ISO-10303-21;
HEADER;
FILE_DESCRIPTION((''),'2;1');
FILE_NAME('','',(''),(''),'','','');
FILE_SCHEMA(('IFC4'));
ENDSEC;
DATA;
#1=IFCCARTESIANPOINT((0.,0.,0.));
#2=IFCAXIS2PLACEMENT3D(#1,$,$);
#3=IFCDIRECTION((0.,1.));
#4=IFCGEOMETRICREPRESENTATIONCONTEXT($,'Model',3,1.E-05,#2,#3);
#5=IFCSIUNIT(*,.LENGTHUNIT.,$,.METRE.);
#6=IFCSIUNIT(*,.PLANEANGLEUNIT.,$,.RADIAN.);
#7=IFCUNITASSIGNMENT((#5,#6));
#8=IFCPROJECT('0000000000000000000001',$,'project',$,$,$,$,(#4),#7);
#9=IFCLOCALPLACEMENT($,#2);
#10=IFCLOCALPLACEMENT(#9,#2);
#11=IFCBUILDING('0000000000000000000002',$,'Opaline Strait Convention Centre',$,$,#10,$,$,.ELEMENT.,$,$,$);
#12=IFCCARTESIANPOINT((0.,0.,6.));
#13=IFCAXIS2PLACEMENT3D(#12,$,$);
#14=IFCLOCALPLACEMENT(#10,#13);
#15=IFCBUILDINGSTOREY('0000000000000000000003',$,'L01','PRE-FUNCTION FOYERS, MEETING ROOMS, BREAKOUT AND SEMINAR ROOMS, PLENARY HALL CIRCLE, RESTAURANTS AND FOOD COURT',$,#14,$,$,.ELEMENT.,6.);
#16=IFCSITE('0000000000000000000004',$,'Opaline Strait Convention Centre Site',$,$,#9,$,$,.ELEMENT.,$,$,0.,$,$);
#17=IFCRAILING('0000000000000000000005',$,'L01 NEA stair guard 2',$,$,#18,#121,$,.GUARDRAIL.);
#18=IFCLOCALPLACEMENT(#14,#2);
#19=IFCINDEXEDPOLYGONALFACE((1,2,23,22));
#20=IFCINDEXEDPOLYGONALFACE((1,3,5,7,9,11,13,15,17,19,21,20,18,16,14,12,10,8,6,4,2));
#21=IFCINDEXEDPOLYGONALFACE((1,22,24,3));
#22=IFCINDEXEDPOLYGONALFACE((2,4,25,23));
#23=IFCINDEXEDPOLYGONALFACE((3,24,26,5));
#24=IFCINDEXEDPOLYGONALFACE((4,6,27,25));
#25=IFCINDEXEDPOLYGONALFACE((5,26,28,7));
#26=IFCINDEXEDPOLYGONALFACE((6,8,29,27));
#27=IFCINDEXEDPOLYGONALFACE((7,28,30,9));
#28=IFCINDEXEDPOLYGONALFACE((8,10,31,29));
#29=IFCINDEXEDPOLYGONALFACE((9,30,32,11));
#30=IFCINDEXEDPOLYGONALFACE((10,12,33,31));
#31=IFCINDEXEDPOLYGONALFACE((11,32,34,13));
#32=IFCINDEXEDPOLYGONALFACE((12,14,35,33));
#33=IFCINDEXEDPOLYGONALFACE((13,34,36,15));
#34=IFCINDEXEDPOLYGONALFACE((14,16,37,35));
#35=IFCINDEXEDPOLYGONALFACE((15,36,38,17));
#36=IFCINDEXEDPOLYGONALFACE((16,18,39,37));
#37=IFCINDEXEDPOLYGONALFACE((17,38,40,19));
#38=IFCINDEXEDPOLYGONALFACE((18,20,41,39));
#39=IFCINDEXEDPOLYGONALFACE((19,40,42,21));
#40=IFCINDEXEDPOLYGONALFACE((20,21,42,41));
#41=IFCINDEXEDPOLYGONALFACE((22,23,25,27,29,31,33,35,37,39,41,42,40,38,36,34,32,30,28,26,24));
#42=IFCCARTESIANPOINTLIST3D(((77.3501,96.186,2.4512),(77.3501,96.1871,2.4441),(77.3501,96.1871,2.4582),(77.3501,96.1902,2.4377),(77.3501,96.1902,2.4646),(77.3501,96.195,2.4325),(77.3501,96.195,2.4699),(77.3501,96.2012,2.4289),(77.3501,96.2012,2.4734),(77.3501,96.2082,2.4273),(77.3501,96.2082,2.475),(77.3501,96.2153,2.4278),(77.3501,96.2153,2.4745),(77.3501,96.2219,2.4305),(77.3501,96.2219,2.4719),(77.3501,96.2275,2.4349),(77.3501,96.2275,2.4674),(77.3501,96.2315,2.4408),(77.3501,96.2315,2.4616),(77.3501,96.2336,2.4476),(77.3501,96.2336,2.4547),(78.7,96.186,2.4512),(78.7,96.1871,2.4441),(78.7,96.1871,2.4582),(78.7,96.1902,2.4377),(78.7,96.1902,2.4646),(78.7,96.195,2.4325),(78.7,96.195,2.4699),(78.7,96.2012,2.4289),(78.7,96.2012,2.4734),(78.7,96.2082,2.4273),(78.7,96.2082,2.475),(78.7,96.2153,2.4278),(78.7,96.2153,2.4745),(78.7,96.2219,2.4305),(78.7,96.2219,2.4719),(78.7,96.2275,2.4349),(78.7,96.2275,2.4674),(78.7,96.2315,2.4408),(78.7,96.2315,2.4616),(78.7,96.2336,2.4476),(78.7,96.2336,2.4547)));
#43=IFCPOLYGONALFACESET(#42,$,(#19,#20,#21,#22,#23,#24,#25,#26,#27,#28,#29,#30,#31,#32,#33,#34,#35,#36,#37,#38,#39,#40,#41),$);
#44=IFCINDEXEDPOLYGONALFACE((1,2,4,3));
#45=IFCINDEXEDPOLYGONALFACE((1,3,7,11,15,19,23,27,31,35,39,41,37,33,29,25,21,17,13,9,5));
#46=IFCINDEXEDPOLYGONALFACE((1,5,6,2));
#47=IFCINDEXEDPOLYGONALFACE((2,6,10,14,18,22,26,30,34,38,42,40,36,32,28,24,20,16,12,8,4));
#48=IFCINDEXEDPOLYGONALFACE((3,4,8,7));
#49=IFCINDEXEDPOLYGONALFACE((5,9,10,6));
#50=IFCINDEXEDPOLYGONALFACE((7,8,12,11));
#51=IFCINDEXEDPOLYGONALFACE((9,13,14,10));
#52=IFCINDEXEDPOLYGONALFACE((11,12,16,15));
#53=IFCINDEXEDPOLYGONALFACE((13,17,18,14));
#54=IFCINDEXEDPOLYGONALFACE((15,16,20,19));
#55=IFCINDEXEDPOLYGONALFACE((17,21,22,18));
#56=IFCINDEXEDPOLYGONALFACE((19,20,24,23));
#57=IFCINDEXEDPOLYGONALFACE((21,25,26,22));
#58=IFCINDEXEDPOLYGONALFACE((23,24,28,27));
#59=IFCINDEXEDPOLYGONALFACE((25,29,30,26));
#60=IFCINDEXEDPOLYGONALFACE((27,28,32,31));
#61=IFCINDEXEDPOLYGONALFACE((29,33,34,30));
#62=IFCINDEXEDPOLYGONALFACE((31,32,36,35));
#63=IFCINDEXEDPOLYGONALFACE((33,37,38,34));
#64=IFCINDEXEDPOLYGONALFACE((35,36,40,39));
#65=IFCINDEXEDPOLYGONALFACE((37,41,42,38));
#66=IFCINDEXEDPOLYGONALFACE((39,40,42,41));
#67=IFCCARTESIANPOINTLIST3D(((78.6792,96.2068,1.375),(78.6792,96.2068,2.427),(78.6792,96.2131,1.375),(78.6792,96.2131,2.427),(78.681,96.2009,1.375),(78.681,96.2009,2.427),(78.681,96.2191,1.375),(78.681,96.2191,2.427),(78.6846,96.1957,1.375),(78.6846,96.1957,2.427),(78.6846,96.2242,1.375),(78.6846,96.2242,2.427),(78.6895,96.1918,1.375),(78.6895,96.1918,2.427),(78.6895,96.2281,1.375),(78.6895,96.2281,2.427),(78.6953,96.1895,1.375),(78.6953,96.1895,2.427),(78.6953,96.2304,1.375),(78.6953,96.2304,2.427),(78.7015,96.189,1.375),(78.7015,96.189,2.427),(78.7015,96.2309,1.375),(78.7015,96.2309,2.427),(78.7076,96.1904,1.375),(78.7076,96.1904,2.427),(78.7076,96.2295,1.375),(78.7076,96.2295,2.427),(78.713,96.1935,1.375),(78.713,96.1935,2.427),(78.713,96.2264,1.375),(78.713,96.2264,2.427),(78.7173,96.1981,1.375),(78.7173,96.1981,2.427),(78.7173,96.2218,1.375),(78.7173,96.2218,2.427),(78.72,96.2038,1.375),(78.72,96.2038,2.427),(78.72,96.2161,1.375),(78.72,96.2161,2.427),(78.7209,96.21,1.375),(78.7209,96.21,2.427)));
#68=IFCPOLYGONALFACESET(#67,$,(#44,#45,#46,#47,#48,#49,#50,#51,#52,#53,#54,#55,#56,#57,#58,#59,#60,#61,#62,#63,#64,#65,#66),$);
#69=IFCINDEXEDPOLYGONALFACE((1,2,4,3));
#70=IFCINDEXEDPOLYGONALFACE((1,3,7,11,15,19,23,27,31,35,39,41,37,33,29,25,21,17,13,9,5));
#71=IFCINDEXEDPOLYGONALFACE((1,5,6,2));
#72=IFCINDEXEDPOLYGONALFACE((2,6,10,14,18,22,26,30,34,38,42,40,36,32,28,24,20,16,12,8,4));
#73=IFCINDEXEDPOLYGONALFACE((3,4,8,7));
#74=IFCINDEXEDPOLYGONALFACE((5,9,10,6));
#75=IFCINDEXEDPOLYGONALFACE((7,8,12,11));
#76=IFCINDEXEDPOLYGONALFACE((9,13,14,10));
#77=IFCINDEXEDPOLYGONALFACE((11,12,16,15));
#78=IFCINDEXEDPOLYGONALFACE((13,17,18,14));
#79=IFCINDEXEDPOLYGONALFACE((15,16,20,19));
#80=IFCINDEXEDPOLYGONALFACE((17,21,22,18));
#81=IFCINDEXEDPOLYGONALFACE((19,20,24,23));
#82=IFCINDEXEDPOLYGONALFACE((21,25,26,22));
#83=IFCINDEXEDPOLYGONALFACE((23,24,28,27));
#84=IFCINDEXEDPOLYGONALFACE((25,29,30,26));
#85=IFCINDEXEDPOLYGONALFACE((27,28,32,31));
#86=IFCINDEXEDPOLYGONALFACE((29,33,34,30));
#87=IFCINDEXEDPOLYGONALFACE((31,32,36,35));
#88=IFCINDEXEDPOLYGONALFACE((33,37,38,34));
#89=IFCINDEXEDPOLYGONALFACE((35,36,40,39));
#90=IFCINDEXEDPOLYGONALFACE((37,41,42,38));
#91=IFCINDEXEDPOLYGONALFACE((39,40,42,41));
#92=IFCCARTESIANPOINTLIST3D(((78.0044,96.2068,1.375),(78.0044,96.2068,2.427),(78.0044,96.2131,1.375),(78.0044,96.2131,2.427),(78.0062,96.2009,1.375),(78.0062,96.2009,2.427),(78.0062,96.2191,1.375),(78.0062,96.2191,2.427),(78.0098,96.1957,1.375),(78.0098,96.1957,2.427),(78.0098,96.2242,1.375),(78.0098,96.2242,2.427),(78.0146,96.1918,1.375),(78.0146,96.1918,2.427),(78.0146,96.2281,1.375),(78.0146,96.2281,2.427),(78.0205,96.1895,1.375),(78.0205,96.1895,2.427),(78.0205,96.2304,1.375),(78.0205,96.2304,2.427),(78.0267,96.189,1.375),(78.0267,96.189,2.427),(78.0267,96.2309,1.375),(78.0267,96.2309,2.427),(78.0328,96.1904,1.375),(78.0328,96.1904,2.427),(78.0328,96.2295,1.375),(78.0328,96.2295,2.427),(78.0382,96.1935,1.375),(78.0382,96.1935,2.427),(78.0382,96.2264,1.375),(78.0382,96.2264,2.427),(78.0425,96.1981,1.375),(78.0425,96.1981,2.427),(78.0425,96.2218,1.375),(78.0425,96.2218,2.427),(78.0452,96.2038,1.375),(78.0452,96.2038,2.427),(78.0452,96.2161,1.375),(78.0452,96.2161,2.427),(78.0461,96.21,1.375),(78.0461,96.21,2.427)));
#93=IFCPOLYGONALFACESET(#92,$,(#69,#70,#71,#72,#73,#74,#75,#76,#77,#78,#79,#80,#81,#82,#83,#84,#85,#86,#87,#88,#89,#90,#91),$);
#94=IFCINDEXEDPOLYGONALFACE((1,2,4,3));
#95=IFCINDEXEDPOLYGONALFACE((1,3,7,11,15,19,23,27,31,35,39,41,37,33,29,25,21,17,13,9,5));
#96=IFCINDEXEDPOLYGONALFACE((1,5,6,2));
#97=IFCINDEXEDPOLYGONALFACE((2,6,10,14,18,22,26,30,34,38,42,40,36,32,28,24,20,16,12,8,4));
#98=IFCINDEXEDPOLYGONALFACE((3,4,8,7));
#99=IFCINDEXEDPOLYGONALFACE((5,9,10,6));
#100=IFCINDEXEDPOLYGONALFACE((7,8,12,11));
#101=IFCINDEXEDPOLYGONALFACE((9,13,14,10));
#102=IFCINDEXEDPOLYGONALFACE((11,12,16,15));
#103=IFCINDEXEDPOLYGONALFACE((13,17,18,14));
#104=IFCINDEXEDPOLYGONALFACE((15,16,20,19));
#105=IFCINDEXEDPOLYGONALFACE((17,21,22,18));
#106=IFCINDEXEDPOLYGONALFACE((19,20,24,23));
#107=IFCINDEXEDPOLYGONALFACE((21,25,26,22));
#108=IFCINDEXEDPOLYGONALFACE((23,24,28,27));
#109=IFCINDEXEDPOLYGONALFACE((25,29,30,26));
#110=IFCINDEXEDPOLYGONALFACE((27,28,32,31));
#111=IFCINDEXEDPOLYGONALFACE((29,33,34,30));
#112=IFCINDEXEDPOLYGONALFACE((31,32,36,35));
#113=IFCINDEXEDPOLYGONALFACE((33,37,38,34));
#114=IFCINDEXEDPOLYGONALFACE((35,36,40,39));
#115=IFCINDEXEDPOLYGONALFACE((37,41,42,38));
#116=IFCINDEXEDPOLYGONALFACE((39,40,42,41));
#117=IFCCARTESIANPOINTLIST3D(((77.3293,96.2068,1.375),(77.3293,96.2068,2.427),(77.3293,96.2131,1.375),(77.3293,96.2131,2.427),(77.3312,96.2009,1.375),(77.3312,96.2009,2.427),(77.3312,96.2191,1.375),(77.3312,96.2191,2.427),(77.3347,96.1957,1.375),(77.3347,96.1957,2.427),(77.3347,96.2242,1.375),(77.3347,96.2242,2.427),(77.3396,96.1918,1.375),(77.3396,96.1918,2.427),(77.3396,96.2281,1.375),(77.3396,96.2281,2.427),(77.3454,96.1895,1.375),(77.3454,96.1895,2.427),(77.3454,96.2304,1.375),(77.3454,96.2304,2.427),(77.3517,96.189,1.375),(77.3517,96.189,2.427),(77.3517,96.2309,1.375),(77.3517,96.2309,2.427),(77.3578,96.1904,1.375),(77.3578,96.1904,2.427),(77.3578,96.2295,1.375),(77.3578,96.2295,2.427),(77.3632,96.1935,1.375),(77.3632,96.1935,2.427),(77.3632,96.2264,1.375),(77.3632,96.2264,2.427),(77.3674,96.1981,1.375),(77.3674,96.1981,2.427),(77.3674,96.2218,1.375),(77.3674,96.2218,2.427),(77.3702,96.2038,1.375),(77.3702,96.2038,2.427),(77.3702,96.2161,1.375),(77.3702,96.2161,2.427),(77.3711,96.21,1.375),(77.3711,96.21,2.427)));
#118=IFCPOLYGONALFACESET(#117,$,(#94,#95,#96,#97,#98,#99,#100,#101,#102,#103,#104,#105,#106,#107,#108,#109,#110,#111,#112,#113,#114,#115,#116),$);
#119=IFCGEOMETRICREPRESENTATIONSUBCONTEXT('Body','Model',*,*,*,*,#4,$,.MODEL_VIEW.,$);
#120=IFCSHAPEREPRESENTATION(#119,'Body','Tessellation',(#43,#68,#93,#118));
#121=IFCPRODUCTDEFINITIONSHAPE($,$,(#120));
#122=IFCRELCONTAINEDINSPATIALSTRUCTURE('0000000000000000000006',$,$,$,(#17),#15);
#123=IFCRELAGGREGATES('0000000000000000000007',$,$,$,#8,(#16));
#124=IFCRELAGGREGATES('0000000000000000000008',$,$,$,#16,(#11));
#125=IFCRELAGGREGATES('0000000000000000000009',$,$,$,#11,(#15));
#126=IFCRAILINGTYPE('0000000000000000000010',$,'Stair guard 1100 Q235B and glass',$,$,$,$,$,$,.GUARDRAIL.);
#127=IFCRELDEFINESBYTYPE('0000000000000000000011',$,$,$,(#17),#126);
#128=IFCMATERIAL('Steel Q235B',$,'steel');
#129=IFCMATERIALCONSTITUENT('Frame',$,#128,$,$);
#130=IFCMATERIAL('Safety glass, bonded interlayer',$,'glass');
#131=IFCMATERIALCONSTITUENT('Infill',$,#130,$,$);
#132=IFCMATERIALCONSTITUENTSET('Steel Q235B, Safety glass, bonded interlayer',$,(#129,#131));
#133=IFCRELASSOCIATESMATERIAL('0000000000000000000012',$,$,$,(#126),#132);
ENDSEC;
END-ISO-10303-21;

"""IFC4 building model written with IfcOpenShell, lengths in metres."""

from ifc_helpers import new_model, si_unit, direction, frame, origin, origin_2d, place, context, subcontext, project, spatial, circle, extrude, material, constituent, constituent_set, type_object, element, save


model = new_model("IFC4")

# Units and contexts
model_context = context("Model", 3, precision=1e-05, world=origin(), true_north=direction((0.0, 1.0)))
body_context = subcontext(model_context, "Body", "Model", "MODEL_VIEW")
ifc_project = project(units=[si_unit("LENGTHUNIT", "METRE"), si_unit("PLANEANGLEUNIT", "RADIAN")], contexts=[model_context])

# Site, building, storey
site_placement = place(None, origin())
site = spatial("IfcSite", under=ifc_project, at=site_placement, Name="Opaline Strait Convention Centre Site", CompositionType="ELEMENT", RefElevation=0.0)
building_placement = place(site_placement, origin())
building = spatial("IfcBuilding", under=site, at=building_placement, Name="Opaline Strait Convention Centre", CompositionType="ELEMENT")
storey_placement = place(building_placement, frame((0.0, 0.0, 6.0)))
storey = spatial("IfcBuildingStorey", under=building, at=storey_placement, Name="L01", Description="PRE-FUNCTION FOYERS, MEETING ROOMS, BREAKOUT AND SEMINAR ROOMS, PLENARY HALL CIRCLE, RESTAURANTS AND FOOD COURT", CompositionType="ELEMENT", Elevation=6.0)

# Railing
ifc_material_1 = material(Name="Safety glass, bonded interlayer", Category="glass")
ifc_material_2 = material(Name="Steel Q235B", Category="steel")
ifc_constituent_1 = constituent(ifc_material_2, Name="Frame")
ifc_constituent_2 = constituent(ifc_material_1, Name="Infill")
ifc_constituent_set_1 = constituent_set(constituents=[ifc_constituent_1, ifc_constituent_2], Name="Steel Q235B, Safety glass, bonded interlayer")
railing_type_1 = type_object("IfcRailingType", Name="Stair guard 1100 Q235B and glass", PredefinedType="GUARDRAIL", material=ifc_constituent_set_1)
railing_1_placement = place(storey_placement, frame((78.7, 96.21, 1.375)))
element("IfcRailing", 1, at=railing_1_placement, inside=storey, type_object=railing_type_1, Name="L01 NEA stair guard 2", PredefinedType="GUARDRAIL", context=body_context, shape_type="SweptSolid", body=[
    extrude(circle(Radius=0.0239, at=origin_2d()), frame((0.0, 0.0, 1.0762), z_axis=(-1.0, 0.0, 0.0), x_axis=(0.0, -1.0, 0.0)), (0.0, 0.0, 1.0), 1.3499),
    extrude(circle(Radius=0.021, at=origin_2d()), origin(), (0.0, 0.0, 1.0), 1.052),
    extrude(circle(Radius=0.021, at=origin_2d()), frame((-0.6748, 0.0, 0.0)), (0.0, 0.0, 1.0), 1.052),
    extrude(circle(Radius=0.021, at=origin_2d()), frame((-1.3499, 0.0, 0.0)), (0.0, 0.0, 1.0), 1.052),
])

save(model, "model.ifc")
